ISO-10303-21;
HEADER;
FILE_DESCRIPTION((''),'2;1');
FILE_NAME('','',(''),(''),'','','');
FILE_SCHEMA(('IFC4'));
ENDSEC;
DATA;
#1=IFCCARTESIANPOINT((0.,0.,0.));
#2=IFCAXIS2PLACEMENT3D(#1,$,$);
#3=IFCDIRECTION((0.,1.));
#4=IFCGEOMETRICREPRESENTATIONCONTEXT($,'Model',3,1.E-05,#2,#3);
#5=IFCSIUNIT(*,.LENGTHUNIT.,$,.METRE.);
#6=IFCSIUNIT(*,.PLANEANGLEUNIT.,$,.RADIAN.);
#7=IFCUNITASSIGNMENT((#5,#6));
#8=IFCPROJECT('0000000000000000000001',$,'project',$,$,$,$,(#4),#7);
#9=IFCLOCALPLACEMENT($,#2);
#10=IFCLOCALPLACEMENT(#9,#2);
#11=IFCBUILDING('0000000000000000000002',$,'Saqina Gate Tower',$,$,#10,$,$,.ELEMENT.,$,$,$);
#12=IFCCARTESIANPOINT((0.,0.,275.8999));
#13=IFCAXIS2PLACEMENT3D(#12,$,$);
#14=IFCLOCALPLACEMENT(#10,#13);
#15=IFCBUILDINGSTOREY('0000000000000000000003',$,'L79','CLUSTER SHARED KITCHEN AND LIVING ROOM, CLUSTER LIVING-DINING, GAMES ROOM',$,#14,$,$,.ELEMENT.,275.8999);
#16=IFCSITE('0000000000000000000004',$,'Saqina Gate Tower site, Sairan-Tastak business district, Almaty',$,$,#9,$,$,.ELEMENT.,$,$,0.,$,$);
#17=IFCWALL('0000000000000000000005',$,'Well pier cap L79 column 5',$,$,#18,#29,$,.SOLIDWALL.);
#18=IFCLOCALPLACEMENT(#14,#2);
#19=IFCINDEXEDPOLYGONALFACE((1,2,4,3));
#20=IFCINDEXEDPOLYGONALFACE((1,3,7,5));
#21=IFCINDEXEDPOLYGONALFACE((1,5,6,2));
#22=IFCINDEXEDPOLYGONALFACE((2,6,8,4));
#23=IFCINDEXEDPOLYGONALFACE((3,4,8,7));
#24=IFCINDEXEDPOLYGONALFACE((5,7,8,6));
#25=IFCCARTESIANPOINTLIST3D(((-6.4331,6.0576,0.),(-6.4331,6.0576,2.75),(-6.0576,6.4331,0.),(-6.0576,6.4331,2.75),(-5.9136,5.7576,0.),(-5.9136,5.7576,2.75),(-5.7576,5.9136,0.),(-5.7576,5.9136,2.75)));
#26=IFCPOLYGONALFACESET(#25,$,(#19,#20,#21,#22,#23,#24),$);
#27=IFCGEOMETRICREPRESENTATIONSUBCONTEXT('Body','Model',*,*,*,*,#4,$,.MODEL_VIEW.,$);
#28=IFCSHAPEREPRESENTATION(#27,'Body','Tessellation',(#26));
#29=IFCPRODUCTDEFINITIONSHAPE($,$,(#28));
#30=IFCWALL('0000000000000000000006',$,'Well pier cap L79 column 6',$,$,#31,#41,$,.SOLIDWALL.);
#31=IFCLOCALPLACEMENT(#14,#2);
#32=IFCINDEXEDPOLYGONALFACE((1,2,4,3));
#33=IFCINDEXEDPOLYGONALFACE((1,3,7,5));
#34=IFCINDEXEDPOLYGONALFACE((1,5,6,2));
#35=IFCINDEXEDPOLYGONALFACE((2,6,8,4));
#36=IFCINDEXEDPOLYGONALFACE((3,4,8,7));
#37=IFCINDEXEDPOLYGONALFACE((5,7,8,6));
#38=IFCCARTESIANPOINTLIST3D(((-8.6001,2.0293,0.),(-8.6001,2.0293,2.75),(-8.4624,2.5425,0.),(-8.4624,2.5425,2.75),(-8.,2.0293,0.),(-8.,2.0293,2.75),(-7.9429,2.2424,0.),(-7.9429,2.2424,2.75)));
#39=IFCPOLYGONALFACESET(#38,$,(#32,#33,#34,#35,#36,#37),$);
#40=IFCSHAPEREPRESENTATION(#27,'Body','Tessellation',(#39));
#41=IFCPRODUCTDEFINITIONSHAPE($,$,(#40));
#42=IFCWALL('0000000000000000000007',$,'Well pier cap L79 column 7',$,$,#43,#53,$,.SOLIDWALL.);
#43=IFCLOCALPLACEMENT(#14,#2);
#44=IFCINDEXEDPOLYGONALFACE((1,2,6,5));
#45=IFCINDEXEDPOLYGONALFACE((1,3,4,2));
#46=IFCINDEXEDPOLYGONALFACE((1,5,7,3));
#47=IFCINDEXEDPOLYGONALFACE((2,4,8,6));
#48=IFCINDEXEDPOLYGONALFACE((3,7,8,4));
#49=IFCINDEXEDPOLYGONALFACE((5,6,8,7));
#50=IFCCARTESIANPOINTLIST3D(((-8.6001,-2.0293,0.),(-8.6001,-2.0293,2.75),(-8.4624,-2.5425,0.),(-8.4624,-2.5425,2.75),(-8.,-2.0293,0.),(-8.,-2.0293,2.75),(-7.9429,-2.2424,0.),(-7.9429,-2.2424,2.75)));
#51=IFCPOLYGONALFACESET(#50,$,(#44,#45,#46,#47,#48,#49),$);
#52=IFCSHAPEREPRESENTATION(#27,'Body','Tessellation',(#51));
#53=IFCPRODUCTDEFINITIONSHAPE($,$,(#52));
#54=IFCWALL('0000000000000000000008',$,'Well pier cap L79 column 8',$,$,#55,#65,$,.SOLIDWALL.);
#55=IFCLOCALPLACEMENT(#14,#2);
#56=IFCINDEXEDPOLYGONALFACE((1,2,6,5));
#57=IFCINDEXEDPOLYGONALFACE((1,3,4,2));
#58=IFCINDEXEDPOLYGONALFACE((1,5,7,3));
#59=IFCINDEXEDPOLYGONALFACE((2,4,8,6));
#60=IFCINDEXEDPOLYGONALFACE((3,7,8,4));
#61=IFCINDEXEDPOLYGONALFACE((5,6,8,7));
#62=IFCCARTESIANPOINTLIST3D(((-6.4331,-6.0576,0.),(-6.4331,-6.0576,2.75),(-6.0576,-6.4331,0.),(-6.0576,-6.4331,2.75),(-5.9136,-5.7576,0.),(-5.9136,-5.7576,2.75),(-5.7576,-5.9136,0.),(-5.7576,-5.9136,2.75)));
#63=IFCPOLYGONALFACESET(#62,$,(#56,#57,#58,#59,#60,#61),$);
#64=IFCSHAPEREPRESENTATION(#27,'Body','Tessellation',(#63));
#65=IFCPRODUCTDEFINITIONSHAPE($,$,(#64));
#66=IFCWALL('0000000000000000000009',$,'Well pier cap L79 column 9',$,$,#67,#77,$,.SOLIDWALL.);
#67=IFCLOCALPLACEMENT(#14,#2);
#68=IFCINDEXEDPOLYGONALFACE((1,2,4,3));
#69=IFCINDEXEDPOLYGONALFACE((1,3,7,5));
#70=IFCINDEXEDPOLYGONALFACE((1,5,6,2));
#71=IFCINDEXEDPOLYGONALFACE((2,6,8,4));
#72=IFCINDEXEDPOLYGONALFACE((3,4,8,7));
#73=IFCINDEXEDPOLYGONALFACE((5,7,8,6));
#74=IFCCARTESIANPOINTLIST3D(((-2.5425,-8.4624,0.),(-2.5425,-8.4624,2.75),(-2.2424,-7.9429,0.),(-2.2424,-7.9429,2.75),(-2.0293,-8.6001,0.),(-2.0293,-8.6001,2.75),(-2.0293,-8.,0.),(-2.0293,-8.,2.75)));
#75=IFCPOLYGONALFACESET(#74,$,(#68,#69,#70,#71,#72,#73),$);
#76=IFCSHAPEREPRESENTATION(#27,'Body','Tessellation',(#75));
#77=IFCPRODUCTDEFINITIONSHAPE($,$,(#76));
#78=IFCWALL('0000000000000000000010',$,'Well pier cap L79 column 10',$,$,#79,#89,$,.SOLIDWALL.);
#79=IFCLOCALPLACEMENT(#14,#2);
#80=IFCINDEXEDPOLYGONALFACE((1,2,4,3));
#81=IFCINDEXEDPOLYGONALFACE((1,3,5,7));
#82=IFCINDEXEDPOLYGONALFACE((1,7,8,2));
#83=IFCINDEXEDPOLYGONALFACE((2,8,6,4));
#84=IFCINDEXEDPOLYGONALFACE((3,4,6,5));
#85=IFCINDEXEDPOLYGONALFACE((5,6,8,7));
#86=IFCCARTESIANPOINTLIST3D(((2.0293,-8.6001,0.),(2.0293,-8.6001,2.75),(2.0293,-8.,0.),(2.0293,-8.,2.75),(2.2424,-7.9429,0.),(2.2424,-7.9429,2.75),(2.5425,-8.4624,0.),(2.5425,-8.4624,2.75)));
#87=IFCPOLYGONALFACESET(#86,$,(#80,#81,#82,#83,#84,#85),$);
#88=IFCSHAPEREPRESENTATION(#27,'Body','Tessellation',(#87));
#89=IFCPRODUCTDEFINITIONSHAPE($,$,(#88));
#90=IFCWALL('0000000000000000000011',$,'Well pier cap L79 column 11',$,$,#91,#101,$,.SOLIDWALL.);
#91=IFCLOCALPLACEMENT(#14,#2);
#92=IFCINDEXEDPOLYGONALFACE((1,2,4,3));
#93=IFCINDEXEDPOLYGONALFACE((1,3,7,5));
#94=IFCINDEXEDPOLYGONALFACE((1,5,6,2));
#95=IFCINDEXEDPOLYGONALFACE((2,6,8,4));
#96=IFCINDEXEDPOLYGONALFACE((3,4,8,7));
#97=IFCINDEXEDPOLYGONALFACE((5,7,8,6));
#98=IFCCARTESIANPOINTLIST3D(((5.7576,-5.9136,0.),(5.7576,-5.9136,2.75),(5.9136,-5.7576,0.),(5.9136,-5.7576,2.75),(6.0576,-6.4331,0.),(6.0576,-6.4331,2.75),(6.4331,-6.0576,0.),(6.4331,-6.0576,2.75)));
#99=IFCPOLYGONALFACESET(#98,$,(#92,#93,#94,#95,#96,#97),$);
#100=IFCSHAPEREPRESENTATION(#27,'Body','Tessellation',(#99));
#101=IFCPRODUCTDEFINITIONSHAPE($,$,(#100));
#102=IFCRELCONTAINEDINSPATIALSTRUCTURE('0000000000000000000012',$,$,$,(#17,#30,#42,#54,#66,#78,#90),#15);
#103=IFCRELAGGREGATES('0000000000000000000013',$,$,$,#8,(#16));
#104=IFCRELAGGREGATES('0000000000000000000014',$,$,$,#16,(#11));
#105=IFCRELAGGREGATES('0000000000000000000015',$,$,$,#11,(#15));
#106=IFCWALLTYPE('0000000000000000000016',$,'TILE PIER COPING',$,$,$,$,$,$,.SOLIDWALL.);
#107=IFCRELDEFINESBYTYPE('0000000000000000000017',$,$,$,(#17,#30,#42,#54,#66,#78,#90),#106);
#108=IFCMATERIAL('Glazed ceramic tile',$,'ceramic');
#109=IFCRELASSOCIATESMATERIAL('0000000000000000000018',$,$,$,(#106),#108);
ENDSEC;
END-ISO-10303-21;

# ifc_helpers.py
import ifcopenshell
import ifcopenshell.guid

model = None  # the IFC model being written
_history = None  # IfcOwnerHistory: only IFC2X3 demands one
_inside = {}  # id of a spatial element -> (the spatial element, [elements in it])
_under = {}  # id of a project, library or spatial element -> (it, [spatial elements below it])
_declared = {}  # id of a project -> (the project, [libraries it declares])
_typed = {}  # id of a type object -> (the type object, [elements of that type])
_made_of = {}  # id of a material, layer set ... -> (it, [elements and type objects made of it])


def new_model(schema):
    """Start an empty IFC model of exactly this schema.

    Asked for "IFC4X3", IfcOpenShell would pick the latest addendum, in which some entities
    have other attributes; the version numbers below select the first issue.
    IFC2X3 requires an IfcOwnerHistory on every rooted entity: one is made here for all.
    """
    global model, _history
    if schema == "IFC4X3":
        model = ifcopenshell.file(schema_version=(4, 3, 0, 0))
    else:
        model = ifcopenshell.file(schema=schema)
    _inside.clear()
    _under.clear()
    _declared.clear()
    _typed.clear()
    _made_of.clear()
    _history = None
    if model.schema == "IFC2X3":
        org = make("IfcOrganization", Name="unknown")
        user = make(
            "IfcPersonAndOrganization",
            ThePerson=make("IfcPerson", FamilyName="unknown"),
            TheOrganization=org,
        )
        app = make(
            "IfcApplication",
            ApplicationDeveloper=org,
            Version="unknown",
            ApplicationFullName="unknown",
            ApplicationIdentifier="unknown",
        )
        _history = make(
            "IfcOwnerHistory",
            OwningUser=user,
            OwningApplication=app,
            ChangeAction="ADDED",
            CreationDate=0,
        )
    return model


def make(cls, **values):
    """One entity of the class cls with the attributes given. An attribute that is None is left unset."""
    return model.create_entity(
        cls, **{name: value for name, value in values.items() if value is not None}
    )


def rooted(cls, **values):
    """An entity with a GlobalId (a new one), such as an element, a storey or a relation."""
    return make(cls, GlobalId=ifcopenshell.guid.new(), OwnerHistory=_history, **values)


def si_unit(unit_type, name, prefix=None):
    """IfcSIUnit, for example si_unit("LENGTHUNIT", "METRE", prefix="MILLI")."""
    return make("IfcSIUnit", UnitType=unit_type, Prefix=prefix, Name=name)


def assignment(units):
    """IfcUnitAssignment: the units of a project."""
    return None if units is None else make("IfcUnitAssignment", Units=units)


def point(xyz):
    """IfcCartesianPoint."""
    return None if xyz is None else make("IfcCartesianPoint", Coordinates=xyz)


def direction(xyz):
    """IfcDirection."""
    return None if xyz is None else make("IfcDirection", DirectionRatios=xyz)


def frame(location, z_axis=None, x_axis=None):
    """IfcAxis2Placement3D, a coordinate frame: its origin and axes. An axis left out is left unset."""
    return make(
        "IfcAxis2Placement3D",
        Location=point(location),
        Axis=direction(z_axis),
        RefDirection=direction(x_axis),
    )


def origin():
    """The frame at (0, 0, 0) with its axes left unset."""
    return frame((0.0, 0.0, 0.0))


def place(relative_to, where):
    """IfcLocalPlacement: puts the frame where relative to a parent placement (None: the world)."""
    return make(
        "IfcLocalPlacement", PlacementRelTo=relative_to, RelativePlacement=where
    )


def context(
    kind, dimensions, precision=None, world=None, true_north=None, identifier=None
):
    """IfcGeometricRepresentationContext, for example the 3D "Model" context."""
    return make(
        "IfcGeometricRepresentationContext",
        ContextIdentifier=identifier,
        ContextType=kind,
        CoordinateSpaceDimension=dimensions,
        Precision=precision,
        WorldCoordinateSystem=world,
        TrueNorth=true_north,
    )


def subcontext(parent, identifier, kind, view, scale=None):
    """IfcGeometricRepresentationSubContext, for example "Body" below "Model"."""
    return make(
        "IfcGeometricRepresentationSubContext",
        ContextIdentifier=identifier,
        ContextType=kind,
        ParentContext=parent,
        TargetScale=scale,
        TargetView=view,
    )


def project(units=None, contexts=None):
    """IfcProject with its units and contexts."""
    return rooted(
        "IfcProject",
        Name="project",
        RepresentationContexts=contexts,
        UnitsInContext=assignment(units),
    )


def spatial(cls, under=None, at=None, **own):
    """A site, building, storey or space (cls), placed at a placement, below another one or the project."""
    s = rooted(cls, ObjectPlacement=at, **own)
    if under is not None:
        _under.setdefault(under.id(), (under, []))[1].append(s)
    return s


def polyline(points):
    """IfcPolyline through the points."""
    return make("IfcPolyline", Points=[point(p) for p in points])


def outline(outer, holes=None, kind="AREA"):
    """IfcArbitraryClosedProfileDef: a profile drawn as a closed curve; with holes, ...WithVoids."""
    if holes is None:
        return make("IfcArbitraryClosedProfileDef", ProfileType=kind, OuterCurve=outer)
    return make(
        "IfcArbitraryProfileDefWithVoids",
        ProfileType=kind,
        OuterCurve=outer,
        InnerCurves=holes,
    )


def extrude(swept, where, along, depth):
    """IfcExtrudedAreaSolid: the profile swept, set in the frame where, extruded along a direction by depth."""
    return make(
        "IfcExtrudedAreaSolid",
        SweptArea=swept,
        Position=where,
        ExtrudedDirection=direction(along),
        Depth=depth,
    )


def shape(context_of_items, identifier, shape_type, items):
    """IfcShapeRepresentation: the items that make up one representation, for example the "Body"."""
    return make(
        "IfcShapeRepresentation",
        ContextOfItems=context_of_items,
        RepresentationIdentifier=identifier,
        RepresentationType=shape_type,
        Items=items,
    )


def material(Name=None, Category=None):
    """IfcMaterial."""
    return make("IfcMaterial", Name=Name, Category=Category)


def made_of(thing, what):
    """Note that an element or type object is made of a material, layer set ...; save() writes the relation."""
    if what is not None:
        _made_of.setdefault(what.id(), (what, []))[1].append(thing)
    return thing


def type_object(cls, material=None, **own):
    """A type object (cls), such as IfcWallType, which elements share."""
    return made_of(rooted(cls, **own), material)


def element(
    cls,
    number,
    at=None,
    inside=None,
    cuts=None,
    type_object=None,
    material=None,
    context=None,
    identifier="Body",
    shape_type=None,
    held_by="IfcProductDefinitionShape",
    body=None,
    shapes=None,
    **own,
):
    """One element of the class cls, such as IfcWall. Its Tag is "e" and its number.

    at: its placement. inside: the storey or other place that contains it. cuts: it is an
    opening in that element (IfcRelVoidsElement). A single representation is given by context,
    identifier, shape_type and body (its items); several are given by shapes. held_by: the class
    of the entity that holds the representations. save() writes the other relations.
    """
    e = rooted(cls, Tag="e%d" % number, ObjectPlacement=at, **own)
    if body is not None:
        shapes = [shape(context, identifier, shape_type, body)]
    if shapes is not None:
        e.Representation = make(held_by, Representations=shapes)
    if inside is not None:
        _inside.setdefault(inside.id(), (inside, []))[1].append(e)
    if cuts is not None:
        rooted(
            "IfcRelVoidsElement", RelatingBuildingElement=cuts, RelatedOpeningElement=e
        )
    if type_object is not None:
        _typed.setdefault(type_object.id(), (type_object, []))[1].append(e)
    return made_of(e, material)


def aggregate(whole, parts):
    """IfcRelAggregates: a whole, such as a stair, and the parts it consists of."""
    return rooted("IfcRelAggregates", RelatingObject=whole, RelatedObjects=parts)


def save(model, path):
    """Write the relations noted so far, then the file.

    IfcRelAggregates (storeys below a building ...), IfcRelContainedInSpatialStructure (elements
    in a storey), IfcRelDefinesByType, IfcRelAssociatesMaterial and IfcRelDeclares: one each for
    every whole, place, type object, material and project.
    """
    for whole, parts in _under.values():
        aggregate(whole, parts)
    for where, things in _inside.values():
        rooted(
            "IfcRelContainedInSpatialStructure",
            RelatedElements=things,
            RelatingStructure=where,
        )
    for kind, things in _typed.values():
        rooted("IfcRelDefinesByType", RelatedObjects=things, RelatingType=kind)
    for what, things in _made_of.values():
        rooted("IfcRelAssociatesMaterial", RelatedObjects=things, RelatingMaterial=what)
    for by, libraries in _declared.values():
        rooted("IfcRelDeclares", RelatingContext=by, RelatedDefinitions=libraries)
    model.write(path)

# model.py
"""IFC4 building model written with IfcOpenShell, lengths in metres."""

from ifc_helpers import new_model, si_unit, direction, frame, origin, place, context, subcontext, project, spatial, polyline, outline, extrude, material, type_object, element, save


model = new_model("IFC4")

# Units and contexts
model_context = context("Model", 3, precision=1e-05, world=origin(), true_north=direction((0.0, 1.0)))
body_context = subcontext(model_context, "Body", "Model", "MODEL_VIEW")
ifc_project = project(units=[si_unit("LENGTHUNIT", "METRE"), si_unit("PLANEANGLEUNIT", "RADIAN")], contexts=[model_context])

# Site, building, storey
site_placement = place(None, origin())
site = spatial("IfcSite", under=ifc_project, at=site_placement, Name="Saqina Gate Tower site, Sairan-Tastak business district, Almaty", CompositionType="ELEMENT", RefElevation=0.0)
building_placement = place(site_placement, origin())
building = spatial("IfcBuilding", under=site, at=building_placement, Name="Saqina Gate Tower", CompositionType="ELEMENT")
storey_placement = place(building_placement, frame((0.0, 0.0, 275.8999)))
storey = spatial("IfcBuildingStorey", under=building, at=storey_placement, Name="L79", Description="CLUSTER SHARED KITCHEN AND LIVING ROOM, CLUSTER LIVING-DINING, GAMES ROOM", CompositionType="ELEMENT", Elevation=275.8999)

# Walls
ifc_material_1 = material(Name="Glazed ceramic tile", Category="ceramic")
wall_type_1 = type_object("IfcWallType", Name="TILE PIER COPING", PredefinedType="SOLIDWALL", material=ifc_material_1)
wall_1_placement = place(storey_placement, origin())
element("IfcWall", 1, at=wall_1_placement, inside=storey, type_object=wall_type_1, Name="Well pier cap L79 column 5", PredefinedType="SOLIDWALL", context=body_context, shape_type="SweptSolid", body=[
    extrude(outline(polyline([(-6.4331, 6.0576), (-5.9136, 5.7576), (-5.7576, 5.9136), (-6.0576, 6.4331), (-6.4331, 6.0576)])), origin(), (0.0, 0.0, 1.0), 2.75),
])
wall_2_placement = place(storey_placement, origin())
element("IfcWall", 2, at=wall_2_placement, inside=storey, type_object=wall_type_1, Name="Well pier cap L79 column 6", PredefinedType="SOLIDWALL", context=body_context, shape_type="SweptSolid", body=[
    extrude(outline(polyline([(-8.6001, 2.0293), (-8.0, 2.0293), (-7.9429, 2.2424), (-8.4624, 2.5425), (-8.6001, 2.0293)])), origin(), (0.0, 0.0, 1.0), 2.75),
])
wall_3_placement = place(storey_placement, origin())
element("IfcWall", 3, at=wall_3_placement, inside=storey, type_object=wall_type_1, Name="Well pier cap L79 column 7", PredefinedType="SOLIDWALL", context=body_context, shape_type="SweptSolid", body=[
    extrude(outline(polyline([(-8.4624, -2.5425), (-7.9429, -2.2424), (-8.0, -2.0293), (-8.6001, -2.0293), (-8.4624, -2.5425)])), origin(), (0.0, 0.0, 1.0), 2.75),
])
wall_4_placement = place(storey_placement, origin())
element("IfcWall", 4, at=wall_4_placement, inside=storey, type_object=wall_type_1, Name="Well pier cap L79 column 8", PredefinedType="SOLIDWALL", context=body_context, shape_type="SweptSolid", body=[
    extrude(outline(polyline([(-6.0576, -6.4331), (-5.7576, -5.9136), (-5.9136, -5.7576), (-6.4331, -6.0576), (-6.0576, -6.4331)])), origin(), (0.0, 0.0, 1.0), 2.75),
])
wall_5_placement = place(storey_placement, origin())
element("IfcWall", 5, at=wall_5_placement, inside=storey, type_object=wall_type_1, Name="Well pier cap L79 column 9", PredefinedType="SOLIDWALL", context=body_context, shape_type="SweptSolid", body=[
    extrude(outline(polyline([(-2.0293, -8.6001), (-2.0293, -8.0), (-2.2424, -7.9429), (-2.5425, -8.4624), (-2.0293, -8.6001)])), origin(), (0.0, 0.0, 1.0), 2.75),
])
wall_6_placement = place(storey_placement, origin())
element("IfcWall", 6, at=wall_6_placement, inside=storey, type_object=wall_type_1, Name="Well pier cap L79 column 10", PredefinedType="SOLIDWALL", context=body_context, shape_type="SweptSolid", body=[
    extrude(outline(polyline([(2.5425, -8.4624), (2.2424, -7.9429), (2.0293, -8.0), (2.0293, -8.6001), (2.5425, -8.4624)])), origin(), (0.0, 0.0, 1.0), 2.75),
])
wall_7_placement = place(storey_placement, origin())
element("IfcWall", 7, at=wall_7_placement, inside=storey, type_object=wall_type_1, Name="Well pier cap L79 column 11", PredefinedType="SOLIDWALL", context=body_context, shape_type="SweptSolid", body=[
    extrude(outline(polyline([(6.4331, -6.0576), (5.9136, -5.7576), (5.7576, -5.9136), (6.0576, -6.4331), (6.4331, -6.0576)])), origin(), (0.0, 0.0, 1.0), 2.75),
])

save(model, "model.ifc")
